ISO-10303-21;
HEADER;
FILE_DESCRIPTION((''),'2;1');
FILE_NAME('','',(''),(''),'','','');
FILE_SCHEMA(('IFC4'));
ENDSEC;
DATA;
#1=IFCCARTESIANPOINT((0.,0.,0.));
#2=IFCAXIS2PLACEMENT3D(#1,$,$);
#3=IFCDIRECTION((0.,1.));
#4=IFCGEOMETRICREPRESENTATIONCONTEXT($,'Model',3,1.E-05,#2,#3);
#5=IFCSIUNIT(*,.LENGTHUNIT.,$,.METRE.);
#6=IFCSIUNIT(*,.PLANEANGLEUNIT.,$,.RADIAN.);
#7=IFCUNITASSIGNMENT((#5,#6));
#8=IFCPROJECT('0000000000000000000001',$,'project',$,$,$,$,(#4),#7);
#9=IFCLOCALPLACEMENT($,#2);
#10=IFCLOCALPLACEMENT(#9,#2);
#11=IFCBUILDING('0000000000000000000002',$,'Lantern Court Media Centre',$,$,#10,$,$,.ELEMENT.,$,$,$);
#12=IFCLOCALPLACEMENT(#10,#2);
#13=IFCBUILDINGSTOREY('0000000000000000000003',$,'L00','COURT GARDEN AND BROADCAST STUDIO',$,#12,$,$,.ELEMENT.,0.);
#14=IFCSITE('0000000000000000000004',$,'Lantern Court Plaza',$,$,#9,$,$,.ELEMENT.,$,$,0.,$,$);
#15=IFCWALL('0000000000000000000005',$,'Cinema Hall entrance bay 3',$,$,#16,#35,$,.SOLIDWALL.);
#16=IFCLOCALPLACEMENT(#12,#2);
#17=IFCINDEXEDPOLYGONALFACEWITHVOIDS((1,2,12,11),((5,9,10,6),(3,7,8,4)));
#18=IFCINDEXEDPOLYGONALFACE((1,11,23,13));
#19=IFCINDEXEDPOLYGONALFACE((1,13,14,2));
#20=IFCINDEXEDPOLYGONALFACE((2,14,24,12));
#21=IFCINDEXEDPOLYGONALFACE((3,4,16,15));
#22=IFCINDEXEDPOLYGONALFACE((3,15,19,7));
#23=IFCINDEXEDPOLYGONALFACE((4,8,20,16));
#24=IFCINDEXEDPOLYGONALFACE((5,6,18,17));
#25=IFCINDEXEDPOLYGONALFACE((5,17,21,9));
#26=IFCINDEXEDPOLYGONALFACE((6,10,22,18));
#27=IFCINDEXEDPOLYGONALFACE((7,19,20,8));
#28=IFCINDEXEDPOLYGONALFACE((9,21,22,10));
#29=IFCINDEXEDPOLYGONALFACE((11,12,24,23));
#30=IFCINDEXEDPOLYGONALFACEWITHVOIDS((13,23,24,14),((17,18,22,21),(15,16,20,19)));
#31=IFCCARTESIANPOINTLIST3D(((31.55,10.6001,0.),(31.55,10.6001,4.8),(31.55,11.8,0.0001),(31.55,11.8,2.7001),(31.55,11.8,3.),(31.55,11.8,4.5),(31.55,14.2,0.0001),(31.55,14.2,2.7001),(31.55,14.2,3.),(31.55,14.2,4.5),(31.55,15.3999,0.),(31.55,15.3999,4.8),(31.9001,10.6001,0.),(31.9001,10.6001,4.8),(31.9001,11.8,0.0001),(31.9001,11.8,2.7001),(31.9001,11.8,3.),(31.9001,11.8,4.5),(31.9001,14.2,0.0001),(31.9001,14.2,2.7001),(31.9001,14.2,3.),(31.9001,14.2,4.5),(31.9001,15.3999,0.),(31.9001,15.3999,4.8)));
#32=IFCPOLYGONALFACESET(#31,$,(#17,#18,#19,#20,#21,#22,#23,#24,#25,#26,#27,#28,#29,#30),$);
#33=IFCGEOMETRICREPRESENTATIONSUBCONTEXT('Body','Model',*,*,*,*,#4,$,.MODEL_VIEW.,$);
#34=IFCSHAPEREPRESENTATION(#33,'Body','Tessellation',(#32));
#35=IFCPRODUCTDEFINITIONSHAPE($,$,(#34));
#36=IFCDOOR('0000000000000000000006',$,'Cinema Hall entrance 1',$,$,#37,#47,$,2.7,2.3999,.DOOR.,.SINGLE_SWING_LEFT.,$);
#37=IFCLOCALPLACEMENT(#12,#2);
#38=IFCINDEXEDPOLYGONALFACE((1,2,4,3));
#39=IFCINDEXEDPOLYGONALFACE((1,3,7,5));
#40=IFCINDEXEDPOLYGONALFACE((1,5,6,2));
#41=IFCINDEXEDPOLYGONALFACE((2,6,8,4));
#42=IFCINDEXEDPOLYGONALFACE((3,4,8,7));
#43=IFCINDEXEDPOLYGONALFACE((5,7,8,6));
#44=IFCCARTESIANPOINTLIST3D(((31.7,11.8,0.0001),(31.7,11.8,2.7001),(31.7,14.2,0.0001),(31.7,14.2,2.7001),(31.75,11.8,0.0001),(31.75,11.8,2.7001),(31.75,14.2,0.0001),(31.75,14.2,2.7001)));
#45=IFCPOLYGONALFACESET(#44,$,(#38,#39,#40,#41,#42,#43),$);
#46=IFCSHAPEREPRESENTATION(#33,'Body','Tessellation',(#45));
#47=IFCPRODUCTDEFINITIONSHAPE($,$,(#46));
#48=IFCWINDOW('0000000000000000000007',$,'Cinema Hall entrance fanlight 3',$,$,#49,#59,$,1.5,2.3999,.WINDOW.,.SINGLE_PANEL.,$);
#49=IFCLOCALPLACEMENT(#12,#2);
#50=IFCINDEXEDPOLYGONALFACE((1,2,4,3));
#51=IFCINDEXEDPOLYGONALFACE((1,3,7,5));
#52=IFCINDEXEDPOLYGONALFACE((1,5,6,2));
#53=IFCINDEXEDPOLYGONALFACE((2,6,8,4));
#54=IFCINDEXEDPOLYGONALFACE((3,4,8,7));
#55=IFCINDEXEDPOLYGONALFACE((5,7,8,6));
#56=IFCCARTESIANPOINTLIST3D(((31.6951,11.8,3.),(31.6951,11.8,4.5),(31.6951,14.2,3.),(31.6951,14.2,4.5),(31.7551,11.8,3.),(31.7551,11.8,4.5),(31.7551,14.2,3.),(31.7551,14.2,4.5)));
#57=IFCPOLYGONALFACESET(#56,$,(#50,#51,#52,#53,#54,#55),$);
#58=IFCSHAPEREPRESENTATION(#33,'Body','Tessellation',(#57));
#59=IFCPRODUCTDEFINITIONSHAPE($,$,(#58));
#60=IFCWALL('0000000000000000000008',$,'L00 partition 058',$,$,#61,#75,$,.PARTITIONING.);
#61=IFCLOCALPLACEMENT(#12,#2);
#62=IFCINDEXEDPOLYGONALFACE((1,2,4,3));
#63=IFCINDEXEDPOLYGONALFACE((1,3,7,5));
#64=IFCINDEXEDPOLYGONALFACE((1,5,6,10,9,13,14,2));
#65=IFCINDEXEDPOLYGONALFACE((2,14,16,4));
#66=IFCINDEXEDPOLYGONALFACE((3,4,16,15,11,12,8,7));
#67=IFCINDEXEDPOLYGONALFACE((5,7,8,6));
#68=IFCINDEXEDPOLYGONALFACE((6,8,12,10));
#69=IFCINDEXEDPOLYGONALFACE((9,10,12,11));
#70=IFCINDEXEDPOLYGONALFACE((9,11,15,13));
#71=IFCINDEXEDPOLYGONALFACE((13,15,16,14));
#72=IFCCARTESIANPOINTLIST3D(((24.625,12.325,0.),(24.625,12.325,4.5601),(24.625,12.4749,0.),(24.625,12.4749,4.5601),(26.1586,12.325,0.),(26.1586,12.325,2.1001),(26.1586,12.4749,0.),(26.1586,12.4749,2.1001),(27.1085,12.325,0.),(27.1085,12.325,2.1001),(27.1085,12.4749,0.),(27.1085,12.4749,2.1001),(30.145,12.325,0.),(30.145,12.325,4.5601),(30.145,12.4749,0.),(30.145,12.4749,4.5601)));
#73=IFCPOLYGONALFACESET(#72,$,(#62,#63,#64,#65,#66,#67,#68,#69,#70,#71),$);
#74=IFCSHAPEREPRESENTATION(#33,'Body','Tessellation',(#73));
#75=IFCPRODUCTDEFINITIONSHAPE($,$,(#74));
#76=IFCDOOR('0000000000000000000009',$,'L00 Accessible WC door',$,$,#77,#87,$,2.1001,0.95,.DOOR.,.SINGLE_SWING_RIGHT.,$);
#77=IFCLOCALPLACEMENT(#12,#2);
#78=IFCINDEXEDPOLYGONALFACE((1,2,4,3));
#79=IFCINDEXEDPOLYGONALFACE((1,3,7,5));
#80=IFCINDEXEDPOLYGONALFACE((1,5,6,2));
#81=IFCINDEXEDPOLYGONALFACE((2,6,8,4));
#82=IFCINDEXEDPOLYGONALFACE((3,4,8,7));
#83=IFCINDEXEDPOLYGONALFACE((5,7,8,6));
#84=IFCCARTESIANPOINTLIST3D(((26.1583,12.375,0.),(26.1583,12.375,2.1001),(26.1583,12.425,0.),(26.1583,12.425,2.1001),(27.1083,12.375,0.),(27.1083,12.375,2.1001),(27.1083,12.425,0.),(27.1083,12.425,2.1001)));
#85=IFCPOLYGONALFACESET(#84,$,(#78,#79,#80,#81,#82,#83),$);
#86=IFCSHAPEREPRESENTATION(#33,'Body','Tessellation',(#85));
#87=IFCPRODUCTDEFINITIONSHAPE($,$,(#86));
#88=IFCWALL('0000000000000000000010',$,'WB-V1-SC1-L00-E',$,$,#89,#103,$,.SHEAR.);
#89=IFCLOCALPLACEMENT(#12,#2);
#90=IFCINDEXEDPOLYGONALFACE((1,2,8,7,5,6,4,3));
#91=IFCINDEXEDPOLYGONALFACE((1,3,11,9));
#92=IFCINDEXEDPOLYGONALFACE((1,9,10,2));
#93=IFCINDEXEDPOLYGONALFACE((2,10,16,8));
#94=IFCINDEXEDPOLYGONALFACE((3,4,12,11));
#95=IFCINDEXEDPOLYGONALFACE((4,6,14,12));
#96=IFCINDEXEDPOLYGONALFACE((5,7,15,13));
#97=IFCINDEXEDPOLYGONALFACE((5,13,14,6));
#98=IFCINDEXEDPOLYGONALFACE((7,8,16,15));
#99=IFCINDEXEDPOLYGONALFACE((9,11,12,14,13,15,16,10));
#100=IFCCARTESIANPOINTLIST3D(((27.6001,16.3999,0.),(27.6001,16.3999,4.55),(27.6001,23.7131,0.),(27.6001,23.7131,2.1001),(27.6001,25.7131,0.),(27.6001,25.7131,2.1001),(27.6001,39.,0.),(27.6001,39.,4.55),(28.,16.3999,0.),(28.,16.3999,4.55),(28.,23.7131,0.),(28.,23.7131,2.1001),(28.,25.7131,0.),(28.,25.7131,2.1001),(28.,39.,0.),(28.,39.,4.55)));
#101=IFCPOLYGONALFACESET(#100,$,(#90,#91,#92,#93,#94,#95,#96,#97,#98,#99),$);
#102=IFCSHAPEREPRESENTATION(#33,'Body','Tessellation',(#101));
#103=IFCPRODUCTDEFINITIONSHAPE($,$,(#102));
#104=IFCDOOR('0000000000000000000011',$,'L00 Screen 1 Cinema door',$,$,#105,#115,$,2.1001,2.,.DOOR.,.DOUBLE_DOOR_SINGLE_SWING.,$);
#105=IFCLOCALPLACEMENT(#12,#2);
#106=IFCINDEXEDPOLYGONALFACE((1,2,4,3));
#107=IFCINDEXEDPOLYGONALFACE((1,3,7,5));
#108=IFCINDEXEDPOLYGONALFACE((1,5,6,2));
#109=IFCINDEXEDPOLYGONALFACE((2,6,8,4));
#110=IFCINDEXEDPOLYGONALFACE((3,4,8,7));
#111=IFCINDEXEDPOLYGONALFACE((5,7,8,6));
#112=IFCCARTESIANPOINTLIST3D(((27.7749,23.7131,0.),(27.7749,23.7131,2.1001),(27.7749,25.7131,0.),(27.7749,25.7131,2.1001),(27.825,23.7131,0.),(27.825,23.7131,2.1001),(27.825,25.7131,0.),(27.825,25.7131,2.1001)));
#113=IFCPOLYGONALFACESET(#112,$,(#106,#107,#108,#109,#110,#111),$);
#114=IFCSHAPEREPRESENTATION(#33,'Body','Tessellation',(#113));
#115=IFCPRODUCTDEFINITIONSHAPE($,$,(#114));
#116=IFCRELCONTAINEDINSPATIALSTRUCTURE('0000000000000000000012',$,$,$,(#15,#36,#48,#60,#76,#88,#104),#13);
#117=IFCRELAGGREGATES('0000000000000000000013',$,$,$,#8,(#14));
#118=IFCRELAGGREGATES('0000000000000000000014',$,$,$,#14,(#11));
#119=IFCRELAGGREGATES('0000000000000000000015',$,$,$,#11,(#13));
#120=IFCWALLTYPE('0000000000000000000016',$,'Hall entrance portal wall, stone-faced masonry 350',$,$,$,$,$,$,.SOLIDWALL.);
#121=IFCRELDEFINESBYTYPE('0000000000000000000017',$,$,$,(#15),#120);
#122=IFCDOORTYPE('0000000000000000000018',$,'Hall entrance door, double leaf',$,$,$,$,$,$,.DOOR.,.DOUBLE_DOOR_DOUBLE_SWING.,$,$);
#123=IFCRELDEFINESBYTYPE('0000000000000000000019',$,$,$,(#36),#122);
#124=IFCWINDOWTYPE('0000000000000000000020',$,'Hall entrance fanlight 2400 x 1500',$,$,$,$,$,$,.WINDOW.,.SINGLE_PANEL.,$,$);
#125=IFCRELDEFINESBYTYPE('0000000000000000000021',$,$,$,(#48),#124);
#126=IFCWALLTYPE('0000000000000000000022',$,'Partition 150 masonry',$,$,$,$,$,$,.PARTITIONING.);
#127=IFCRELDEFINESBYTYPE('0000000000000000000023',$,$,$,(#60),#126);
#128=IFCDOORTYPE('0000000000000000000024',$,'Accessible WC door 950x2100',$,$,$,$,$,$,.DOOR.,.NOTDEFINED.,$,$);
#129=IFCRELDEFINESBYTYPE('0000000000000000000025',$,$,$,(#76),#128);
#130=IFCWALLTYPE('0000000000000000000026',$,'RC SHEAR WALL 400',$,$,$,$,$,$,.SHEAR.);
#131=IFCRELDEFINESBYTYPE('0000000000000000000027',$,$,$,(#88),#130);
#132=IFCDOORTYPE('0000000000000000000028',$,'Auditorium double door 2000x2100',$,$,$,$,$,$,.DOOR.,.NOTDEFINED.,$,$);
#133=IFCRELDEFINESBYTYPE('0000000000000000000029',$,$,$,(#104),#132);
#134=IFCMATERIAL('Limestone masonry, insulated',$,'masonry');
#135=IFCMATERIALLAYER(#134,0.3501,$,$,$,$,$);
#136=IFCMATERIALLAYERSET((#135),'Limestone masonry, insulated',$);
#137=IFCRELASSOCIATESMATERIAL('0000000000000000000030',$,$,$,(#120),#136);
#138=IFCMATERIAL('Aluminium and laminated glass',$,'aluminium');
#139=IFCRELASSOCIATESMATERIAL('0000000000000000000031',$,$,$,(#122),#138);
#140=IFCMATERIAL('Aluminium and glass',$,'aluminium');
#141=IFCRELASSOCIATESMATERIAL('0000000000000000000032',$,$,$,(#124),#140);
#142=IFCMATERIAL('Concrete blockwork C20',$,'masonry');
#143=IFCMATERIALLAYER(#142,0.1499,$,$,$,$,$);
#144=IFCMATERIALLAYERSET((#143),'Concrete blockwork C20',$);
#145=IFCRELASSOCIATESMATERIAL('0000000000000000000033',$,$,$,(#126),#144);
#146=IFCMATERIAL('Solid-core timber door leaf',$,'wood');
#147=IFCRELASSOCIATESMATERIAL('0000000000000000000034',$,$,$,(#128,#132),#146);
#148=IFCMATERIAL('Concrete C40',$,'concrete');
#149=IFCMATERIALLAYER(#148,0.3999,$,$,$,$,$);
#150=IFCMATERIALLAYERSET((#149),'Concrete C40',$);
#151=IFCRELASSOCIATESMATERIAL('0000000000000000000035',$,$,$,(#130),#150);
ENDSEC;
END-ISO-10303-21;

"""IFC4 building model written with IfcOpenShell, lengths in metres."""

from ifc_helpers import new_model, si_unit, direction, frame, frame_2d, origin, place, context, subcontext, project, spatial, rectangle, extrude, material, layer, layer_set, type_object, element, fill, save


model = new_model("IFC4")

# Units and contexts
model_context = context("Model", 3, precision=1e-05, world=origin(), true_north=direction((0.0, 1.0)))
body_context = subcontext(model_context, "Body", "Model", "MODEL_VIEW")
ifc_project = project(units=[si_unit("LENGTHUNIT", "METRE"), si_unit("PLANEANGLEUNIT", "RADIAN")], contexts=[model_context])

# Site, building, storey
site_placement = place(None, origin())
site = spatial("IfcSite", under=ifc_project, at=site_placement, Name="Lantern Court Plaza", CompositionType="ELEMENT", RefElevation=0.0)
building_placement = place(site_placement, origin())
building = spatial("IfcBuilding", under=site, at=building_placement, Name="Lantern Court Media Centre", CompositionType="ELEMENT")
storey_placement = place(building_placement, origin())
storey = spatial("IfcBuildingStorey", under=building, at=storey_placement, Name="L00", Description="COURT GARDEN AND BROADCAST STUDIO", CompositionType="ELEMENT", Elevation=0.0)

# Wall, openings, door, window
ifc_material_1 = material(Name="Limestone masonry, insulated", Category="masonry")
ifc_layer_1 = layer(ifc_material_1, 0.3501)
ifc_layer_set_1 = layer_set([ifc_layer_1], Name="Limestone masonry, insulated")
wall_type_1 = type_object("IfcWallType", Name="Hall entrance portal wall, stone-faced masonry 350", PredefinedType="SOLIDWALL", material=ifc_layer_set_1)
wall_1_placement = place(storey_placement, frame((31.7251, 10.6001, 0.0), z_axis=(0.0, 0.0, 1.0), x_axis=(0.0, 1.0, 0.0)))
wall_1 = element("IfcWall", 1, at=wall_1_placement, inside=storey, type_object=wall_type_1, Name="Cinema Hall entrance bay 3", PredefinedType="SOLIDWALL", context=body_context, shape_type="SweptSolid", body=[
    extrude(rectangle(XDim=4.7998, YDim=0.3501, at=frame_2d((2.3999, 0.0))), origin(), (0.0, 0.0, 1.0), 4.8),
])
opening_1_placement = place(wall_1_placement, frame((1.2, 0.0, 0.0)))
opening_1 = element("IfcOpeningElement", 2, at=opening_1_placement, cuts=wall_1, PredefinedType="OPENING", context=body_context, shape_type="SweptSolid", body=[
    extrude(rectangle(XDim=2.3999, YDim=2.7, at=frame_2d((1.2, 1.3501))), frame((0.0, 0.1851, 0.0), z_axis=(0.0, -1.0, 0.0), x_axis=(1.0, 0.0, 0.0)), (0.0, 0.0, 1.0), 0.3701),
])
opening_2_placement = place(wall_1_placement, frame((1.2, 0.0, 3.0)))
opening_2 = element("IfcOpeningElement", 3, at=opening_2_placement, cuts=wall_1, PredefinedType="OPENING", context=body_context, shape_type="SweptSolid", body=[
    extrude(rectangle(XDim=2.3999, YDim=1.5, at=frame_2d((1.2, 0.75))), frame((0.0, 0.1851, 0.0), z_axis=(0.0, -1.0, 0.0), x_axis=(1.0, 0.0, 0.0)), (0.0, 0.0, 1.0), 0.3701),
])
ifc_material_2 = material(Name="Aluminium and laminated glass", Category="aluminium")
door_type_1 = type_object("IfcDoorType", Name="Hall entrance door, double leaf", OperationType="DOUBLE_DOOR_DOUBLE_SWING", PredefinedType="DOOR", material=ifc_material_2)
door_1_placement = place(opening_1_placement, frame((2.3999, 0.0, 0.0), z_axis=(0.0, 0.0, 1.0), x_axis=(-1.0, 0.0, 0.0)))
door_1 = element("IfcDoor", 4, at=door_1_placement, inside=storey, type_object=door_type_1, Name="Cinema Hall entrance 1", OperationType="SINGLE_SWING_LEFT", OverallHeight=2.7, OverallWidth=2.3999, PredefinedType="DOOR", context=body_context, shape_type="SweptSolid", body=[
    extrude(rectangle(XDim=2.3999, YDim=2.7, at=frame_2d((1.2, 1.3501))), frame((0.0, 0.0249, 0.0), z_axis=(0.0, -1.0, 0.0), x_axis=(1.0, 0.0, 0.0)), (0.0, 0.0, 1.0), 0.05),
])
fill(opening_1, door_1)
ifc_material_3 = material(Name="Aluminium and glass", Category="aluminium")
window_type = type_object("IfcWindowType", Name="Hall entrance fanlight 2400 x 1500", PartitioningType="SINGLE_PANEL", PredefinedType="WINDOW", material=ifc_material_3)
window_placement = place(opening_2_placement, origin())
window = element("IfcWindow", 5, at=window_placement, inside=storey, type_object=window_type, Name="Cinema Hall entrance fanlight 3", OverallHeight=1.5, OverallWidth=2.3999, PartitioningType="SINGLE_PANEL", PredefinedType="WINDOW", context=body_context, shape_type="SweptSolid", body=[
    extrude(rectangle(XDim=2.3999, YDim=1.5, at=frame_2d((1.2, 0.75))), frame((0.0, 0.03, 0.0), z_axis=(0.0, -1.0, 0.0), x_axis=(1.0, 0.0, 0.0)), (0.0, 0.0, 1.0), 0.0601),
])
fill(opening_2, window)

# Walls, openings, doors
ifc_material_4 = material(Name="Concrete blockwork C20", Category="masonry")
ifc_layer_2 = layer(ifc_material_4, 0.1499)
ifc_layer_set_2 = layer_set([ifc_layer_2], Name="Concrete blockwork C20")
wall_type_2 = type_object("IfcWallType", Name="Partition 150 masonry", PredefinedType="PARTITIONING", material=ifc_layer_set_2)
wall_2_placement = place(storey_placement, frame((24.625, 12.3999, 0.0), z_axis=(0.0, 0.0, 1.0), x_axis=(1.0, 0.0, 0.0)))
wall_2 = element("IfcWall", 6, at=wall_2_placement, inside=storey, type_object=wall_type_2, Name="L00 partition 058", PredefinedType="PARTITIONING", context=body_context, shape_type="SweptSolid", body=[
    extrude(rectangle(XDim=5.52, YDim=0.1499, at=frame_2d((2.76, 0.0))), origin(), (0.0, 0.0, 1.0), 4.5601),
])
opening_3_placement = place(wall_2_placement, frame((1.5334, 0.0, 0.0)))
opening_3 = element("IfcOpeningElement", 7, at=opening_3_placement, cuts=wall_2, PredefinedType="OPENING", context=body_context, shape_type="SweptSolid", body=[
    extrude(rectangle(XDim=0.95, YDim=2.1001, at=frame_2d((0.4751, 1.05))), frame((0.0, 0.085, 0.0), z_axis=(0.0, -1.0, 0.0), x_axis=(1.0, 0.0, 0.0)), (0.0, 0.0, 1.0), 0.1699),
])
ifc_material_5 = material(Name="Solid-core timber door leaf", Category="wood")
door_type_2 = type_object("IfcDoorType", Name="Accessible WC door 950x2100", OperationType="NOTDEFINED", PredefinedType="DOOR", material=ifc_material_5)
door_2_placement = place(opening_3_placement, frame((0.95, 0.0, 0.0), z_axis=(0.0, 0.0, 1.0), x_axis=(-1.0, 0.0, 0.0)))
door_2 = element("IfcDoor", 8, at=door_2_placement, inside=storey, type_object=door_type_2, Name="L00 Accessible WC door", OperationType="SINGLE_SWING_RIGHT", OverallHeight=2.1001, OverallWidth=0.95, PredefinedType="DOOR", context=body_context, shape_type="SweptSolid", body=[
    extrude(rectangle(XDim=0.95, YDim=2.1001, at=frame_2d((0.4751, 1.05))), frame((0.0, 0.0249, 0.0), z_axis=(0.0, -1.0, 0.0), x_axis=(1.0, 0.0, 0.0)), (0.0, 0.0, 1.0), 0.05),
])
fill(opening_3, door_2)
ifc_material_6 = material(Name="Concrete C40", Category="concrete")
ifc_layer_3 = layer(ifc_material_6, 0.3999)
ifc_layer_set_3 = layer_set([ifc_layer_3], Name="Concrete C40")
wall_type_3 = type_object("IfcWallType", Name="RC SHEAR WALL 400", PredefinedType="SHEAR", material=ifc_layer_set_3)
wall_3_placement = place(storey_placement, frame((27.8, 16.3999, 0.0), z_axis=(0.0, 0.0, 1.0), x_axis=(0.0, 1.0, 0.0)))
wall_3 = element("IfcWall", 9, at=wall_3_placement, inside=storey, type_object=wall_type_3, Name="WB-V1-SC1-L00-E", PredefinedType="SHEAR", context=body_context, shape_type="SweptSolid", body=[
    extrude(rectangle(XDim=22.6001, YDim=0.3999, at=frame_2d((11.3, 0.0))), origin(), (0.0, 0.0, 1.0), 4.55),
])
opening_4_placement = place(wall_3_placement, frame((7.3132, 0.0, 0.0)))
opening_4 = element("IfcOpeningElement", 10, at=opening_4_placement, cuts=wall_3, PredefinedType="OPENING", context=body_context, shape_type="SweptSolid", body=[
    extrude(rectangle(XDim=2.0, YDim=2.1001, at=frame_2d((1.0, 1.05))), frame((0.0, 0.21, 0.0), z_axis=(0.0, -1.0, 0.0), x_axis=(1.0, 0.0, 0.0)), (0.0, 0.0, 1.0), 0.4199),
])
door_type_3 = type_object("IfcDoorType", Name="Auditorium double door 2000x2100", OperationType="NOTDEFINED", PredefinedType="DOOR", material=ifc_material_5)
door_3_placement = place(opening_4_placement, frame((2.0, 0.0, 0.0), z_axis=(0.0, 0.0, 1.0), x_axis=(-1.0, 0.0, 0.0)))
door_3 = element("IfcDoor", 11, at=door_3_placement, inside=storey, type_object=door_type_3, Name="L00 Screen 1 Cinema door", OperationType="DOUBLE_DOOR_SINGLE_SWING", OverallHeight=2.1001, OverallWidth=2.0, PredefinedType="DOOR", context=body_context, shape_type="SweptSolid", body=[
    extrude(rectangle(XDim=2.0, YDim=2.1001, at=frame_2d((1.0, 1.05))), frame((0.0, 0.0249, 0.0), z_axis=(0.0, -1.0, 0.0), x_axis=(1.0, 0.0, 0.0)), (0.0, 0.0, 1.0), 0.05),
])
fill(opening_4, door_3)

save(model, "model.ifc")
